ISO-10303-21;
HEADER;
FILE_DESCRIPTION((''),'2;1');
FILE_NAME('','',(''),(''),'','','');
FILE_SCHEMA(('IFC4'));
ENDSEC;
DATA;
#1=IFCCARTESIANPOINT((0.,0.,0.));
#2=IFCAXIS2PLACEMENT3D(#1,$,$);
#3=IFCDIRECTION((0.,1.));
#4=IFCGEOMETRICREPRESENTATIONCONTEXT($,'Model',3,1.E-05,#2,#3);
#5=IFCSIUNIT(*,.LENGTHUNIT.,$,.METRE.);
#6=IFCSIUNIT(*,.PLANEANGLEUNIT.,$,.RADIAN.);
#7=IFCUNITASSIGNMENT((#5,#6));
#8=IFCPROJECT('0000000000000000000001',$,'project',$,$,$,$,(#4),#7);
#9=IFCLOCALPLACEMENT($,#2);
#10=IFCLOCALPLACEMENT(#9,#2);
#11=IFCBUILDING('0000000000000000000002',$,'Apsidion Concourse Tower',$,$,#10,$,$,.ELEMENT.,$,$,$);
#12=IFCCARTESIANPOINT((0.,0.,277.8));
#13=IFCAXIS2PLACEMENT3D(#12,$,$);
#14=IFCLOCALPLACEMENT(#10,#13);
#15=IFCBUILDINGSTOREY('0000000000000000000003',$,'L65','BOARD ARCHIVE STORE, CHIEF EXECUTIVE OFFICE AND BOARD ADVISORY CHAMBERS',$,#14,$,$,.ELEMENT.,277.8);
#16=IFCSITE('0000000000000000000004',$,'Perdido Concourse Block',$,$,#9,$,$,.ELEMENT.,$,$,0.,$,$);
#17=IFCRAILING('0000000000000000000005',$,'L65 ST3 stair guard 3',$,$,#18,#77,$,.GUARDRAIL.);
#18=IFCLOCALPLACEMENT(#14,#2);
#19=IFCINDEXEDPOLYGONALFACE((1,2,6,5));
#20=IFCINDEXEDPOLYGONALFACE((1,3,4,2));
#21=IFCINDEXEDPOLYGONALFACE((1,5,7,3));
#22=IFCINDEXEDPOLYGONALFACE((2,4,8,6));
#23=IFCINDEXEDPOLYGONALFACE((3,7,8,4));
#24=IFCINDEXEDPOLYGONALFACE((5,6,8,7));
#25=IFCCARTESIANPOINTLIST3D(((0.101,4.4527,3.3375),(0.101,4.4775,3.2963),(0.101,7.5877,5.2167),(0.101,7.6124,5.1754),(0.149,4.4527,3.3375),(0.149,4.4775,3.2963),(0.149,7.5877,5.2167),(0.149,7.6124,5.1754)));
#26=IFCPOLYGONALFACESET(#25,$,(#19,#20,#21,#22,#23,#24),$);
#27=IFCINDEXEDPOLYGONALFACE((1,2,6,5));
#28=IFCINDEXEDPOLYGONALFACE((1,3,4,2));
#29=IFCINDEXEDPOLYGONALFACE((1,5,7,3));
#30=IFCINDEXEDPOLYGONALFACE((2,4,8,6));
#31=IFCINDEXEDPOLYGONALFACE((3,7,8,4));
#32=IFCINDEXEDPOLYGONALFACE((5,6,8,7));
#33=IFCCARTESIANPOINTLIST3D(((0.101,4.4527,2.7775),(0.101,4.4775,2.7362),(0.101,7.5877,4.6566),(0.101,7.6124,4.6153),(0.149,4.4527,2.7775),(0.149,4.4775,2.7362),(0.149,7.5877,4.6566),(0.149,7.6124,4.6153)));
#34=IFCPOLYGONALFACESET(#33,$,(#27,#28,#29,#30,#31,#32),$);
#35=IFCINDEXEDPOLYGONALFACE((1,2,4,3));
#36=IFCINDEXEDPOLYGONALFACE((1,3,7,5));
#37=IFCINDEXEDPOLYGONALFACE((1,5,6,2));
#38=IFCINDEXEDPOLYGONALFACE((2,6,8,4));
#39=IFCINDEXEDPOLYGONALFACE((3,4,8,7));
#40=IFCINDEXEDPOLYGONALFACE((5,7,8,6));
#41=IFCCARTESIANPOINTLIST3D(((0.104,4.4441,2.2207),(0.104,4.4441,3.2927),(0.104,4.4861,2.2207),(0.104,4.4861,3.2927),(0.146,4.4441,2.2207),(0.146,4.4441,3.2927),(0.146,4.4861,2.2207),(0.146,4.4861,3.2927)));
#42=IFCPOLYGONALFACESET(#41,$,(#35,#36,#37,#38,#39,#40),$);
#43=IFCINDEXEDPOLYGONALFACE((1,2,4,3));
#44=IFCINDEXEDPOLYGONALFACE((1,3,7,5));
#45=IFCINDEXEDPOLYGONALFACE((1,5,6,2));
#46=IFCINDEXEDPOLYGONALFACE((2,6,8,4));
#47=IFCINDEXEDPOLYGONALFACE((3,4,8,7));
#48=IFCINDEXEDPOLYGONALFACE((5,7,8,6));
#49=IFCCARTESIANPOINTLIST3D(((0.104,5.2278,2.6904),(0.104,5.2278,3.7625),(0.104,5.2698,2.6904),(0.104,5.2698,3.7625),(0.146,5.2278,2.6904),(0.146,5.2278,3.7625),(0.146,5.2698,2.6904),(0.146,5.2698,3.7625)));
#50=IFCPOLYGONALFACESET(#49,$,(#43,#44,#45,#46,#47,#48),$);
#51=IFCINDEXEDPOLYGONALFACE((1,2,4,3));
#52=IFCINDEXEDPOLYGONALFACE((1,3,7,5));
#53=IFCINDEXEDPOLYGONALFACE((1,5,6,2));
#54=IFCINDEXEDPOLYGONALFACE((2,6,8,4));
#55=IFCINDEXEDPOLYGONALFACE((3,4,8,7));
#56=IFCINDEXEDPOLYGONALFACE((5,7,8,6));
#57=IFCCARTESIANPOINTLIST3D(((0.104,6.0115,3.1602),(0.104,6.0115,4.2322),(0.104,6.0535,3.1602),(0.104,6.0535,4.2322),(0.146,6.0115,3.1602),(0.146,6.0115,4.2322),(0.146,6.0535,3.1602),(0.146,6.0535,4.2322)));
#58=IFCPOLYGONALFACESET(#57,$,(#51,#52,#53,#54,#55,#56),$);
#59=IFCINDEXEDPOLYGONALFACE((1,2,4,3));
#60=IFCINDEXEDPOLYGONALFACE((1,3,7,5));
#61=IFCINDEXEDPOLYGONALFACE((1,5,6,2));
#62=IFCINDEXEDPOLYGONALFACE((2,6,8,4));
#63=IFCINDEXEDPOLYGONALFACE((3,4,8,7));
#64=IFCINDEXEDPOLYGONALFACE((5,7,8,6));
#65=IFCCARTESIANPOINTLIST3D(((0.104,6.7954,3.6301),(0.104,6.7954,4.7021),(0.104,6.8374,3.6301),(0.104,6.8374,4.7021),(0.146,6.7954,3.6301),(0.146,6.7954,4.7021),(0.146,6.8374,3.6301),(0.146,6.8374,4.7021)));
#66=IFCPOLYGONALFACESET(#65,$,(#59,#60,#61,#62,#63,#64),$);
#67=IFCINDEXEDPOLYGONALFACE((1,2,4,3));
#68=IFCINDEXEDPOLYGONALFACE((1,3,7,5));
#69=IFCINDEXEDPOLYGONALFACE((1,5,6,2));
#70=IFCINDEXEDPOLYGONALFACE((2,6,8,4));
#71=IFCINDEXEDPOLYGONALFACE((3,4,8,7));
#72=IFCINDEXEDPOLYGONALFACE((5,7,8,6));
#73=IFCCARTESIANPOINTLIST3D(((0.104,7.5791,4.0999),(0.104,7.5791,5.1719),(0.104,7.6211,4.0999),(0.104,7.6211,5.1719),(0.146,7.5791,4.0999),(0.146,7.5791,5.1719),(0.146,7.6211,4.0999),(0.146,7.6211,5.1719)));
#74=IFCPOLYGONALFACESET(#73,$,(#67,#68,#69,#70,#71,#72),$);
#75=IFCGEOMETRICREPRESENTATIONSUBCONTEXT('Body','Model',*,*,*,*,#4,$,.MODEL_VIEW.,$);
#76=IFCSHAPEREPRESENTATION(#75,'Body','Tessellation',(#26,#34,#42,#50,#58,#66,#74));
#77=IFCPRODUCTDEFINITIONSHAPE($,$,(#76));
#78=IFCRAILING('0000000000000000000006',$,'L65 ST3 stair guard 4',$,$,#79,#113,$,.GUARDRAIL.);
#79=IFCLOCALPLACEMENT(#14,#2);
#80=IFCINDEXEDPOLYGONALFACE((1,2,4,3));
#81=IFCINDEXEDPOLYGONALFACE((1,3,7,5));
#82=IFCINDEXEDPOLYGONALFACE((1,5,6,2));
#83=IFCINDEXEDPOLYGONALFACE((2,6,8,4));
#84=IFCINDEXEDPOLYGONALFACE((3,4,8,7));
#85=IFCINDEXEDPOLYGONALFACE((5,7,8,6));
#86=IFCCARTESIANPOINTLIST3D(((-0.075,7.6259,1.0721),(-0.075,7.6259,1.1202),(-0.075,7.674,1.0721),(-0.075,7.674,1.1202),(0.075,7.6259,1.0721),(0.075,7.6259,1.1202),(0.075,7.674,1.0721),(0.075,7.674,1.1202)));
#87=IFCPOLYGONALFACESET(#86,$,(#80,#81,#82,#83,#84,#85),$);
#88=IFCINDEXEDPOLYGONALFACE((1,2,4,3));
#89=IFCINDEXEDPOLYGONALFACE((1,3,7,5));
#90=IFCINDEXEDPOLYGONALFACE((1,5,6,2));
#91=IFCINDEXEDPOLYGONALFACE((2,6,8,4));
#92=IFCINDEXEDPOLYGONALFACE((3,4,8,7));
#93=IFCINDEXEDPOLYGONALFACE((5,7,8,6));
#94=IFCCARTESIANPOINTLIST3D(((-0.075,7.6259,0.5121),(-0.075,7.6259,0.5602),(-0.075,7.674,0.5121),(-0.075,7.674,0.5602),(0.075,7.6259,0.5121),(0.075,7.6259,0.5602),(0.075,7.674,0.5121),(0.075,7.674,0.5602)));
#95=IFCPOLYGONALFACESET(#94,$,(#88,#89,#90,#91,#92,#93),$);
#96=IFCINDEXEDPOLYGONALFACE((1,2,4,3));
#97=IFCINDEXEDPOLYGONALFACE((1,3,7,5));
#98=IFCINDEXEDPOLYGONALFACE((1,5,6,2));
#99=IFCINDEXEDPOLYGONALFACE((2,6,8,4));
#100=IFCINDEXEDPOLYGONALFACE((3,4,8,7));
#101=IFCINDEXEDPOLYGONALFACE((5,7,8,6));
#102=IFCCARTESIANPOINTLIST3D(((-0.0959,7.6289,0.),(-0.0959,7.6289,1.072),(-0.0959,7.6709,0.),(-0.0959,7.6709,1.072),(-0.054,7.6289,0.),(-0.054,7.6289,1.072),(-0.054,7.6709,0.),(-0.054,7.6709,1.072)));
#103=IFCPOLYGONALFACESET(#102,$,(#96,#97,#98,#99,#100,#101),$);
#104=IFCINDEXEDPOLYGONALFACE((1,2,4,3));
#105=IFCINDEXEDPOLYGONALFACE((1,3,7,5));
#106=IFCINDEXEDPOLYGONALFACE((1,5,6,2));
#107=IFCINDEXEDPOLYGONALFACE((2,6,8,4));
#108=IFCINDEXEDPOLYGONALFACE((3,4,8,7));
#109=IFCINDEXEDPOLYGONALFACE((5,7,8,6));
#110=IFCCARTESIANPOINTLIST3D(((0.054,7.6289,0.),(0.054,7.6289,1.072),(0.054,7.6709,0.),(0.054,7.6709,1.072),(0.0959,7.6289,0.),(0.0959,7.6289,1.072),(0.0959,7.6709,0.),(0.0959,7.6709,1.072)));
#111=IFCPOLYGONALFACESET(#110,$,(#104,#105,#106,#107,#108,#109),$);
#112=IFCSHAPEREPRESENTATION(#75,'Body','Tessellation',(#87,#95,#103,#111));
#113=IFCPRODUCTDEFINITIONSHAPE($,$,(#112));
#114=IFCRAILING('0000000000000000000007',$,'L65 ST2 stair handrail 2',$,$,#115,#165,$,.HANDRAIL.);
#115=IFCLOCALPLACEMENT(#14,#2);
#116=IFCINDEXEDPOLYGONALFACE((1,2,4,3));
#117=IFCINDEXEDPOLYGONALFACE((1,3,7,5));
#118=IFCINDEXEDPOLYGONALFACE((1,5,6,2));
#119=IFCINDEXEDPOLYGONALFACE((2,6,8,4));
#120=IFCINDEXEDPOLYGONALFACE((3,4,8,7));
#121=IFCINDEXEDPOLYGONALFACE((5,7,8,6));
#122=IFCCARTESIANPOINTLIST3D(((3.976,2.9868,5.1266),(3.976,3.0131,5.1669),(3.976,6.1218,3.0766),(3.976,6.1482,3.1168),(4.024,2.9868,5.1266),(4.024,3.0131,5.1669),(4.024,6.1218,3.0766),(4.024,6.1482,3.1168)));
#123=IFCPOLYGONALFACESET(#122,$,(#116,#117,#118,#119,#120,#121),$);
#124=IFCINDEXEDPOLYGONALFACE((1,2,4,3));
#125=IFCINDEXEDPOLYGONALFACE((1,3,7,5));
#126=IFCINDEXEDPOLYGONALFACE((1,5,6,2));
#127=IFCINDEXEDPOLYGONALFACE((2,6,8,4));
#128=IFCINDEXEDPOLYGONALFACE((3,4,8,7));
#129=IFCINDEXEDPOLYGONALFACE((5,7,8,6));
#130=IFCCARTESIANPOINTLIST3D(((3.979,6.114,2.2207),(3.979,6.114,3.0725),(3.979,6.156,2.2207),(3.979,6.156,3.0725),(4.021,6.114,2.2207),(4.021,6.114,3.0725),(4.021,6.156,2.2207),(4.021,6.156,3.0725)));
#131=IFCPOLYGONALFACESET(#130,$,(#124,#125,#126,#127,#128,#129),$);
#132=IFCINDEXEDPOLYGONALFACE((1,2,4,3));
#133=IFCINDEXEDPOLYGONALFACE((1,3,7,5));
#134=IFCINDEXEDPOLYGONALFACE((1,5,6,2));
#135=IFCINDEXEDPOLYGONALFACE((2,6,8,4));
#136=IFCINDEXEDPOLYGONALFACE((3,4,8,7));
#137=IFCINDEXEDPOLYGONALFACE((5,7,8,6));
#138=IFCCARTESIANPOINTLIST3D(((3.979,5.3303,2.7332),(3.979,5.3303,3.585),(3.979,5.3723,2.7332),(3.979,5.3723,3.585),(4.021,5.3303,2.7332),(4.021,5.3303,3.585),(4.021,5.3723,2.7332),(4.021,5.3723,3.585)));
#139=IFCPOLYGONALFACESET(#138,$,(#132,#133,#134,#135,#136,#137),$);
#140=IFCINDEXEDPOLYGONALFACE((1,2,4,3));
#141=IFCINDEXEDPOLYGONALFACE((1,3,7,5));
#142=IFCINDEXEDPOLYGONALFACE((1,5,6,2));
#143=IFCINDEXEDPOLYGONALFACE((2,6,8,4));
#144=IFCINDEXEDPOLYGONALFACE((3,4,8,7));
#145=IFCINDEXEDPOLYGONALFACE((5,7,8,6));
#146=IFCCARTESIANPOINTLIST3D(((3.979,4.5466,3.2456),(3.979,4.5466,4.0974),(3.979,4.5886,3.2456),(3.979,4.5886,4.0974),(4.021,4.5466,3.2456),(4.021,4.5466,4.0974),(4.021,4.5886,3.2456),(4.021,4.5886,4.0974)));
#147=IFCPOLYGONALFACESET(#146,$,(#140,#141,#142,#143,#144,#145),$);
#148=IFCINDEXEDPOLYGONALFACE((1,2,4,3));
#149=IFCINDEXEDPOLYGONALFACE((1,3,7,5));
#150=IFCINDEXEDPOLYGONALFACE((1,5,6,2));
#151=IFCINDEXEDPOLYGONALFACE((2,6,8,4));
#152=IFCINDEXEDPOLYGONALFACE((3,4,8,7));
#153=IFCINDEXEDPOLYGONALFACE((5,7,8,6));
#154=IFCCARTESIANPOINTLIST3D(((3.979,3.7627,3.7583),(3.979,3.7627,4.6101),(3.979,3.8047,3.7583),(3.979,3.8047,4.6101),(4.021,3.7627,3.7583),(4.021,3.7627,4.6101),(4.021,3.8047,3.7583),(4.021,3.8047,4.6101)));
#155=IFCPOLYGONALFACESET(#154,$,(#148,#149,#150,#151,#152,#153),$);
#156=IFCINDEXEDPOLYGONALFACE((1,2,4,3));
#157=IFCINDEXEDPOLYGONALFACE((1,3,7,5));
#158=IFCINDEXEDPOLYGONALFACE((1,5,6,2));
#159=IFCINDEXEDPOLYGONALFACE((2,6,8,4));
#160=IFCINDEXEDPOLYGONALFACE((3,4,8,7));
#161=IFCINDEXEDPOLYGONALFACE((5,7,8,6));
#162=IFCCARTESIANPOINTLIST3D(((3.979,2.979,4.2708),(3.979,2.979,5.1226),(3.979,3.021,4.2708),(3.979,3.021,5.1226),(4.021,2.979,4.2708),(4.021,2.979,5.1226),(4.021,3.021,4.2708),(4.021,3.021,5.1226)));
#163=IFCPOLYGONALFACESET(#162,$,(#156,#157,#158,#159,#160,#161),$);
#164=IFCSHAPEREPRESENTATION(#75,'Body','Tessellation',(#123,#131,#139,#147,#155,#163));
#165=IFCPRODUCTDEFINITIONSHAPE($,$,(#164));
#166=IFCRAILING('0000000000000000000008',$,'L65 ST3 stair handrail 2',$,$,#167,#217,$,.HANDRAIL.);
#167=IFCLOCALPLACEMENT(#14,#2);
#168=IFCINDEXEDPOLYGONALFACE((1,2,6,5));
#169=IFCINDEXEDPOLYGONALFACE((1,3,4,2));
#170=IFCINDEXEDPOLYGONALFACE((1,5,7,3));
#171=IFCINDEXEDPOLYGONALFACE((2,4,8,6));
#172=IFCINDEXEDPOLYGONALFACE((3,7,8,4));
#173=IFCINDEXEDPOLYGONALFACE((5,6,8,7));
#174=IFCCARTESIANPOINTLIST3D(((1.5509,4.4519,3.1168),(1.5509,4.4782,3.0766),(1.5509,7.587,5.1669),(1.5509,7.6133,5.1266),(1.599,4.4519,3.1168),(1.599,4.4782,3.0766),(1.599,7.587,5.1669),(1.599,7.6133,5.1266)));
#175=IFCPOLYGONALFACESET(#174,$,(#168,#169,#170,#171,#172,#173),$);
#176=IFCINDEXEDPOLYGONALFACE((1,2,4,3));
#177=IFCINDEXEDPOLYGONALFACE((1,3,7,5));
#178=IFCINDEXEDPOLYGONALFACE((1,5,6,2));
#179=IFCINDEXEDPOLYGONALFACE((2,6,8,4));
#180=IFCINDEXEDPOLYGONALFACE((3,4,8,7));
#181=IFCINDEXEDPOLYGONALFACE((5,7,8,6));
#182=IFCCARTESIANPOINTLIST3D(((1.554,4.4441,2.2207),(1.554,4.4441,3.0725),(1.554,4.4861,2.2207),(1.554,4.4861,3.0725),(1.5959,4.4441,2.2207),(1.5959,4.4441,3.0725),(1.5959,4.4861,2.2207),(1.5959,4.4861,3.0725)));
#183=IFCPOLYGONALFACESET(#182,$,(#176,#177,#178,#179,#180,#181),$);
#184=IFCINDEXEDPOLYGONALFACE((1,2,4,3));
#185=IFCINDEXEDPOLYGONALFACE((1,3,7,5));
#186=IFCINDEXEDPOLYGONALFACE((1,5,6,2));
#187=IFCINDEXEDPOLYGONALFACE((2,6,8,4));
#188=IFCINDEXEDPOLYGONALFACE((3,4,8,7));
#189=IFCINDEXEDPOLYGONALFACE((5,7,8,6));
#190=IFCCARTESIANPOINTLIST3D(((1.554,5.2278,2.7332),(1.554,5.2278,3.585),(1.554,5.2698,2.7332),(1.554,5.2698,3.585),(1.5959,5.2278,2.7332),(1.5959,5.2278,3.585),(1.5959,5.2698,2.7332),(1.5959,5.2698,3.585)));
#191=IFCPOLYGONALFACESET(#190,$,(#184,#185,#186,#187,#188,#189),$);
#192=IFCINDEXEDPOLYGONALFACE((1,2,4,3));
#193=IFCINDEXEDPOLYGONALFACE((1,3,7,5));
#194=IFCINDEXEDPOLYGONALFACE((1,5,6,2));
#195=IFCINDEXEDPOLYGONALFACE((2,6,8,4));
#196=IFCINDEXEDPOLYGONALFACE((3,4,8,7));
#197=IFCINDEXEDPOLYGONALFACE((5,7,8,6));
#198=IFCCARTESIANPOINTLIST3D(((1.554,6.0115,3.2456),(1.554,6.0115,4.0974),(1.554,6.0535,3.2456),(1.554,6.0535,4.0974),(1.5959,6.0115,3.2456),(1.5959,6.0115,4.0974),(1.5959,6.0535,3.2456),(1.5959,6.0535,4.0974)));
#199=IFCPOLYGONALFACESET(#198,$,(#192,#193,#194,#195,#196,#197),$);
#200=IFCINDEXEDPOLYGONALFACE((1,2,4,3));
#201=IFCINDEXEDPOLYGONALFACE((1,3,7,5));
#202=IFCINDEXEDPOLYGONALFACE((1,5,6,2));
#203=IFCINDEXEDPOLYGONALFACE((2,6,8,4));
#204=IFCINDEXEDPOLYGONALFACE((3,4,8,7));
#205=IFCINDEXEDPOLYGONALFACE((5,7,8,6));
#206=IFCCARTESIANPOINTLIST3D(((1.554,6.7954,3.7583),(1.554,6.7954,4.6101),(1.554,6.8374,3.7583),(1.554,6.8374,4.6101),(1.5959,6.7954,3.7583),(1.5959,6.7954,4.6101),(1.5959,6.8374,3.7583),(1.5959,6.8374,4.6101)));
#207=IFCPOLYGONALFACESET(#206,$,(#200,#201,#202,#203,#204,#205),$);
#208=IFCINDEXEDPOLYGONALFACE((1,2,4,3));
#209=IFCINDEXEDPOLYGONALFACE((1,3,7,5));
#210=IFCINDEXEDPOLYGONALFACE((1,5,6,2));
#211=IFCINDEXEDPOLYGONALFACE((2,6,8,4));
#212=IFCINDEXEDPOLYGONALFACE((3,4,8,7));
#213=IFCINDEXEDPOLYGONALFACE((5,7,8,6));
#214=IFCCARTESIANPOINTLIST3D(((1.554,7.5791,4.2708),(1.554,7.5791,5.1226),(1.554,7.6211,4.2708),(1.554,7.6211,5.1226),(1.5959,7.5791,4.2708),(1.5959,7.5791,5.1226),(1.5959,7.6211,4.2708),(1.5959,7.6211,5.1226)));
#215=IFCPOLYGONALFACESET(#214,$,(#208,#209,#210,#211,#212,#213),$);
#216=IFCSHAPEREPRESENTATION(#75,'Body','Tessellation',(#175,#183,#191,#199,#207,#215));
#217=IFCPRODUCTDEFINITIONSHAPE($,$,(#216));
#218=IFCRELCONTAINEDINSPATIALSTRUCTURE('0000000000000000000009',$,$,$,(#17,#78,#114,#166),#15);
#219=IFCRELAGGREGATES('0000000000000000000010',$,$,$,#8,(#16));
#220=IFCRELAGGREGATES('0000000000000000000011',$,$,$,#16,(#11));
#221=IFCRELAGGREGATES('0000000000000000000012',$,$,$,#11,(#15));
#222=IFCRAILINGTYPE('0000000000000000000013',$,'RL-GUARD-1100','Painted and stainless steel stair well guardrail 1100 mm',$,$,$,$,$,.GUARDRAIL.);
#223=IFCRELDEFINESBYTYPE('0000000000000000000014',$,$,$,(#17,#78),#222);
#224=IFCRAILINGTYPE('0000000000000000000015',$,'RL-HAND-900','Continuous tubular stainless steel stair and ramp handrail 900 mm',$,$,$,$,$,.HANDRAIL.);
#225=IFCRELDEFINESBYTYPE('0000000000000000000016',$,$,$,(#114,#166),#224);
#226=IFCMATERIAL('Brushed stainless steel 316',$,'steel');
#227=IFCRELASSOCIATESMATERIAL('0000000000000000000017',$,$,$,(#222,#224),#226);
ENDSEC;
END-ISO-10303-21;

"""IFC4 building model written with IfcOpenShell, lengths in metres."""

from ifc_helpers import new_model, si_unit, direction, frame, origin, origin_2d, place, context, subcontext, project, spatial, rectangle, extrude, material, type_object, element, save


model = new_model("IFC4")

# Units and contexts
model_context = context("Model", 3, precision=1e-05, world=origin(), true_north=direction((0.0, 1.0)))
body_context = subcontext(model_context, "Body", "Model", "MODEL_VIEW")
ifc_project = project(units=[si_unit("LENGTHUNIT", "METRE"), si_unit("PLANEANGLEUNIT", "RADIAN")], contexts=[model_context])

# Site, building, storey
site_placement = place(None, origin())
site = spatial("IfcSite", under=ifc_project, at=site_placement, Name="Perdido Concourse Block", CompositionType="ELEMENT", RefElevation=0.0)
building_placement = place(site_placement, origin())
building = spatial("IfcBuilding", under=site, at=building_placement, Name="Apsidion Concourse Tower", CompositionType="ELEMENT")
storey_placement = place(building_placement, frame((0.0, 0.0, 277.8)))
storey = spatial("IfcBuildingStorey", under=building, at=storey_placement, Name="L65", Description="BOARD ARCHIVE STORE, CHIEF EXECUTIVE OFFICE AND BOARD ADVISORY CHAMBERS", CompositionType="ELEMENT", Elevation=277.8)

# Railings
ifc_material_1 = material(Name="Brushed stainless steel 316", Category="steel")
railing_type_1 = type_object("IfcRailingType", Name="RL-GUARD-1100", Description="Painted and stainless steel stair well guardrail 1100 mm", PredefinedType="GUARDRAIL", material=ifc_material_1)
railing_1_placement = place(storey_placement, frame((0.125, 4.4651, 2.2207)))
element("IfcRailing", 1, at=railing_1_placement, inside=storey, type_object=railing_type_1, Name="L65 ST3 stair guard 3", PredefinedType="GUARDRAIL", context=body_context, shape_type="SweptSolid", body=[
    extrude(rectangle(XDim=0.0481, YDim=0.0481, at=origin_2d()), frame((0.0, 0.0, 1.0962), z_axis=(0.0, 0.857717, 0.514122), x_axis=(-1.0, 0.0, 0.0)), (0.0, 0.0, 1.0), 3.655),
    extrude(rectangle(XDim=0.0481, YDim=0.0481, at=origin_2d()), frame((0.0, 0.0, 0.5361), z_axis=(0.0, 0.857717, 0.514122), x_axis=(-1.0, 0.0, 0.0)), (0.0, 0.0, 1.0), 3.655),
    extrude(rectangle(XDim=0.042, YDim=0.042, at=origin_2d()), origin(), (0.0, 0.0, 1.0), 1.072),
    extrude(rectangle(XDim=0.042, YDim=0.042, at=origin_2d()), frame((0.0, 0.7837, 0.4697)), (0.0, 0.0, 1.0), 1.072),
    extrude(rectangle(XDim=0.042, YDim=0.042, at=origin_2d()), frame((0.0, 1.5674, 0.9395)), (0.0, 0.0, 1.0), 1.072),
    extrude(rectangle(XDim=0.042, YDim=0.042, at=origin_2d()), frame((0.0, 2.3513, 1.4094)), (0.0, 0.0, 1.0), 1.072),
    extrude(rectangle(XDim=0.042, YDim=0.042, at=origin_2d()), frame((0.0, 3.135, 1.8792)), (0.0, 0.0, 1.0), 1.072),
])
railing_2_placement = place(storey_placement, frame((-0.075, 7.6499, 0.0)))
element("IfcRailing", 2, at=railing_2_placement, inside=storey, type_object=railing_type_1, Name="L65 ST3 stair guard 4", PredefinedType="GUARDRAIL", context=body_context, shape_type="SweptSolid", body=[
    extrude(rectangle(XDim=0.0481, YDim=0.0481, at=origin_2d()), frame((0.0, 0.0, 1.0962), z_axis=(1.0, 0.0, 0.0), x_axis=(0.0, 1.0, 0.0)), (0.0, 0.0, 1.0), 0.1499),
    extrude(rectangle(XDim=0.0481, YDim=0.0481, at=origin_2d()), frame((0.0, 0.0, 0.5361), z_axis=(1.0, 0.0, 0.0), x_axis=(0.0, 1.0, 0.0)), (0.0, 0.0, 1.0), 0.1499),
    extrude(rectangle(XDim=0.042, YDim=0.042, at=origin_2d()), origin(), (0.0, 0.0, 1.0), 1.072),
    extrude(rectangle(XDim=0.042, YDim=0.042, at=origin_2d()), frame((0.1499, 0.0, 0.0)), (0.0, 0.0, 1.0), 1.072),
])
railing_type_2 = type_object("IfcRailingType", Name="RL-HAND-900", Description="Continuous tubular stainless steel stair and ramp handrail 900 mm", PredefinedType="HANDRAIL", material=ifc_material_1)
railing_3_placement = place(storey_placement, frame((4.0, 6.135, 2.2207)))
element("IfcRailing", 3, at=railing_3_placement, inside=storey, type_object=railing_type_2, Name="L65 ST2 stair handrail 2", PredefinedType="HANDRAIL", context=body_context, shape_type="SweptSolid", body=[
    extrude(rectangle(XDim=0.0481, YDim=0.0481, at=origin_2d()), frame((0.0, 0.0, 0.876), z_axis=(0.0, -0.836941, 0.547293), x_axis=(1.0, 0.0, 0.0)), (0.0, 0.0, 1.0), 3.7458),
    extrude(rectangle(XDim=0.042, YDim=0.042, at=origin_2d()), origin(), (0.0, 0.0, 1.0), 0.8518),
    extrude(rectangle(XDim=0.042, YDim=0.042, at=origin_2d()), frame((0.0, -0.7837, 0.5125)), (0.0, 0.0, 1.0), 0.8518),
    extrude(rectangle(XDim=0.042, YDim=0.042, at=origin_2d()), frame((0.0, -1.5674, 1.0249)), (0.0, 0.0, 1.0), 0.8518),
    extrude(rectangle(XDim=0.042, YDim=0.042, at=origin_2d()), frame((0.0, -2.3513, 1.5376)), (0.0, 0.0, 1.0), 0.8518),
    extrude(rectangle(XDim=0.042, YDim=0.042, at=origin_2d()), frame((0.0, -3.135, 2.05)), (0.0, 0.0, 1.0), 0.8518),
])
railing_4_placement = place(storey_placement, frame((1.575, 4.4651, 2.2207)))
element("IfcRailing", 4, at=railing_4_placement, inside=storey, type_object=railing_type_2, Name="L65 ST3 stair handrail 2", PredefinedType="HANDRAIL", context=body_context, shape_type="SweptSolid", body=[
    extrude(rectangle(XDim=0.0481, YDim=0.0481, at=origin_2d()), frame((0.0, 0.0, 0.876), z_axis=(0.0, 0.836941, 0.547293), x_axis=(-1.0, 0.0, 0.0)), (0.0, 0.0, 1.0), 3.7458),
    extrude(rectangle(XDim=0.042, YDim=0.042, at=origin_2d()), origin(), (0.0, 0.0, 1.0), 0.8518),
    extrude(rectangle(XDim=0.042, YDim=0.042, at=origin_2d()), frame((0.0, 0.7837, 0.5125)), (0.0, 0.0, 1.0), 0.8518),
    extrude(rectangle(XDim=0.042, YDim=0.042, at=origin_2d()), frame((0.0, 1.5674, 1.0249)), (0.0, 0.0, 1.0), 0.8518),
    extrude(rectangle(XDim=0.042, YDim=0.042, at=origin_2d()), frame((0.0, 2.3513, 1.5376)), (0.0, 0.0, 1.0), 0.8518),
    extrude(rectangle(XDim=0.042, YDim=0.042, at=origin_2d()), frame((0.0, 3.135, 2.05)), (0.0, 0.0, 1.0), 0.8518),
])

save(model, "model.ifc")
